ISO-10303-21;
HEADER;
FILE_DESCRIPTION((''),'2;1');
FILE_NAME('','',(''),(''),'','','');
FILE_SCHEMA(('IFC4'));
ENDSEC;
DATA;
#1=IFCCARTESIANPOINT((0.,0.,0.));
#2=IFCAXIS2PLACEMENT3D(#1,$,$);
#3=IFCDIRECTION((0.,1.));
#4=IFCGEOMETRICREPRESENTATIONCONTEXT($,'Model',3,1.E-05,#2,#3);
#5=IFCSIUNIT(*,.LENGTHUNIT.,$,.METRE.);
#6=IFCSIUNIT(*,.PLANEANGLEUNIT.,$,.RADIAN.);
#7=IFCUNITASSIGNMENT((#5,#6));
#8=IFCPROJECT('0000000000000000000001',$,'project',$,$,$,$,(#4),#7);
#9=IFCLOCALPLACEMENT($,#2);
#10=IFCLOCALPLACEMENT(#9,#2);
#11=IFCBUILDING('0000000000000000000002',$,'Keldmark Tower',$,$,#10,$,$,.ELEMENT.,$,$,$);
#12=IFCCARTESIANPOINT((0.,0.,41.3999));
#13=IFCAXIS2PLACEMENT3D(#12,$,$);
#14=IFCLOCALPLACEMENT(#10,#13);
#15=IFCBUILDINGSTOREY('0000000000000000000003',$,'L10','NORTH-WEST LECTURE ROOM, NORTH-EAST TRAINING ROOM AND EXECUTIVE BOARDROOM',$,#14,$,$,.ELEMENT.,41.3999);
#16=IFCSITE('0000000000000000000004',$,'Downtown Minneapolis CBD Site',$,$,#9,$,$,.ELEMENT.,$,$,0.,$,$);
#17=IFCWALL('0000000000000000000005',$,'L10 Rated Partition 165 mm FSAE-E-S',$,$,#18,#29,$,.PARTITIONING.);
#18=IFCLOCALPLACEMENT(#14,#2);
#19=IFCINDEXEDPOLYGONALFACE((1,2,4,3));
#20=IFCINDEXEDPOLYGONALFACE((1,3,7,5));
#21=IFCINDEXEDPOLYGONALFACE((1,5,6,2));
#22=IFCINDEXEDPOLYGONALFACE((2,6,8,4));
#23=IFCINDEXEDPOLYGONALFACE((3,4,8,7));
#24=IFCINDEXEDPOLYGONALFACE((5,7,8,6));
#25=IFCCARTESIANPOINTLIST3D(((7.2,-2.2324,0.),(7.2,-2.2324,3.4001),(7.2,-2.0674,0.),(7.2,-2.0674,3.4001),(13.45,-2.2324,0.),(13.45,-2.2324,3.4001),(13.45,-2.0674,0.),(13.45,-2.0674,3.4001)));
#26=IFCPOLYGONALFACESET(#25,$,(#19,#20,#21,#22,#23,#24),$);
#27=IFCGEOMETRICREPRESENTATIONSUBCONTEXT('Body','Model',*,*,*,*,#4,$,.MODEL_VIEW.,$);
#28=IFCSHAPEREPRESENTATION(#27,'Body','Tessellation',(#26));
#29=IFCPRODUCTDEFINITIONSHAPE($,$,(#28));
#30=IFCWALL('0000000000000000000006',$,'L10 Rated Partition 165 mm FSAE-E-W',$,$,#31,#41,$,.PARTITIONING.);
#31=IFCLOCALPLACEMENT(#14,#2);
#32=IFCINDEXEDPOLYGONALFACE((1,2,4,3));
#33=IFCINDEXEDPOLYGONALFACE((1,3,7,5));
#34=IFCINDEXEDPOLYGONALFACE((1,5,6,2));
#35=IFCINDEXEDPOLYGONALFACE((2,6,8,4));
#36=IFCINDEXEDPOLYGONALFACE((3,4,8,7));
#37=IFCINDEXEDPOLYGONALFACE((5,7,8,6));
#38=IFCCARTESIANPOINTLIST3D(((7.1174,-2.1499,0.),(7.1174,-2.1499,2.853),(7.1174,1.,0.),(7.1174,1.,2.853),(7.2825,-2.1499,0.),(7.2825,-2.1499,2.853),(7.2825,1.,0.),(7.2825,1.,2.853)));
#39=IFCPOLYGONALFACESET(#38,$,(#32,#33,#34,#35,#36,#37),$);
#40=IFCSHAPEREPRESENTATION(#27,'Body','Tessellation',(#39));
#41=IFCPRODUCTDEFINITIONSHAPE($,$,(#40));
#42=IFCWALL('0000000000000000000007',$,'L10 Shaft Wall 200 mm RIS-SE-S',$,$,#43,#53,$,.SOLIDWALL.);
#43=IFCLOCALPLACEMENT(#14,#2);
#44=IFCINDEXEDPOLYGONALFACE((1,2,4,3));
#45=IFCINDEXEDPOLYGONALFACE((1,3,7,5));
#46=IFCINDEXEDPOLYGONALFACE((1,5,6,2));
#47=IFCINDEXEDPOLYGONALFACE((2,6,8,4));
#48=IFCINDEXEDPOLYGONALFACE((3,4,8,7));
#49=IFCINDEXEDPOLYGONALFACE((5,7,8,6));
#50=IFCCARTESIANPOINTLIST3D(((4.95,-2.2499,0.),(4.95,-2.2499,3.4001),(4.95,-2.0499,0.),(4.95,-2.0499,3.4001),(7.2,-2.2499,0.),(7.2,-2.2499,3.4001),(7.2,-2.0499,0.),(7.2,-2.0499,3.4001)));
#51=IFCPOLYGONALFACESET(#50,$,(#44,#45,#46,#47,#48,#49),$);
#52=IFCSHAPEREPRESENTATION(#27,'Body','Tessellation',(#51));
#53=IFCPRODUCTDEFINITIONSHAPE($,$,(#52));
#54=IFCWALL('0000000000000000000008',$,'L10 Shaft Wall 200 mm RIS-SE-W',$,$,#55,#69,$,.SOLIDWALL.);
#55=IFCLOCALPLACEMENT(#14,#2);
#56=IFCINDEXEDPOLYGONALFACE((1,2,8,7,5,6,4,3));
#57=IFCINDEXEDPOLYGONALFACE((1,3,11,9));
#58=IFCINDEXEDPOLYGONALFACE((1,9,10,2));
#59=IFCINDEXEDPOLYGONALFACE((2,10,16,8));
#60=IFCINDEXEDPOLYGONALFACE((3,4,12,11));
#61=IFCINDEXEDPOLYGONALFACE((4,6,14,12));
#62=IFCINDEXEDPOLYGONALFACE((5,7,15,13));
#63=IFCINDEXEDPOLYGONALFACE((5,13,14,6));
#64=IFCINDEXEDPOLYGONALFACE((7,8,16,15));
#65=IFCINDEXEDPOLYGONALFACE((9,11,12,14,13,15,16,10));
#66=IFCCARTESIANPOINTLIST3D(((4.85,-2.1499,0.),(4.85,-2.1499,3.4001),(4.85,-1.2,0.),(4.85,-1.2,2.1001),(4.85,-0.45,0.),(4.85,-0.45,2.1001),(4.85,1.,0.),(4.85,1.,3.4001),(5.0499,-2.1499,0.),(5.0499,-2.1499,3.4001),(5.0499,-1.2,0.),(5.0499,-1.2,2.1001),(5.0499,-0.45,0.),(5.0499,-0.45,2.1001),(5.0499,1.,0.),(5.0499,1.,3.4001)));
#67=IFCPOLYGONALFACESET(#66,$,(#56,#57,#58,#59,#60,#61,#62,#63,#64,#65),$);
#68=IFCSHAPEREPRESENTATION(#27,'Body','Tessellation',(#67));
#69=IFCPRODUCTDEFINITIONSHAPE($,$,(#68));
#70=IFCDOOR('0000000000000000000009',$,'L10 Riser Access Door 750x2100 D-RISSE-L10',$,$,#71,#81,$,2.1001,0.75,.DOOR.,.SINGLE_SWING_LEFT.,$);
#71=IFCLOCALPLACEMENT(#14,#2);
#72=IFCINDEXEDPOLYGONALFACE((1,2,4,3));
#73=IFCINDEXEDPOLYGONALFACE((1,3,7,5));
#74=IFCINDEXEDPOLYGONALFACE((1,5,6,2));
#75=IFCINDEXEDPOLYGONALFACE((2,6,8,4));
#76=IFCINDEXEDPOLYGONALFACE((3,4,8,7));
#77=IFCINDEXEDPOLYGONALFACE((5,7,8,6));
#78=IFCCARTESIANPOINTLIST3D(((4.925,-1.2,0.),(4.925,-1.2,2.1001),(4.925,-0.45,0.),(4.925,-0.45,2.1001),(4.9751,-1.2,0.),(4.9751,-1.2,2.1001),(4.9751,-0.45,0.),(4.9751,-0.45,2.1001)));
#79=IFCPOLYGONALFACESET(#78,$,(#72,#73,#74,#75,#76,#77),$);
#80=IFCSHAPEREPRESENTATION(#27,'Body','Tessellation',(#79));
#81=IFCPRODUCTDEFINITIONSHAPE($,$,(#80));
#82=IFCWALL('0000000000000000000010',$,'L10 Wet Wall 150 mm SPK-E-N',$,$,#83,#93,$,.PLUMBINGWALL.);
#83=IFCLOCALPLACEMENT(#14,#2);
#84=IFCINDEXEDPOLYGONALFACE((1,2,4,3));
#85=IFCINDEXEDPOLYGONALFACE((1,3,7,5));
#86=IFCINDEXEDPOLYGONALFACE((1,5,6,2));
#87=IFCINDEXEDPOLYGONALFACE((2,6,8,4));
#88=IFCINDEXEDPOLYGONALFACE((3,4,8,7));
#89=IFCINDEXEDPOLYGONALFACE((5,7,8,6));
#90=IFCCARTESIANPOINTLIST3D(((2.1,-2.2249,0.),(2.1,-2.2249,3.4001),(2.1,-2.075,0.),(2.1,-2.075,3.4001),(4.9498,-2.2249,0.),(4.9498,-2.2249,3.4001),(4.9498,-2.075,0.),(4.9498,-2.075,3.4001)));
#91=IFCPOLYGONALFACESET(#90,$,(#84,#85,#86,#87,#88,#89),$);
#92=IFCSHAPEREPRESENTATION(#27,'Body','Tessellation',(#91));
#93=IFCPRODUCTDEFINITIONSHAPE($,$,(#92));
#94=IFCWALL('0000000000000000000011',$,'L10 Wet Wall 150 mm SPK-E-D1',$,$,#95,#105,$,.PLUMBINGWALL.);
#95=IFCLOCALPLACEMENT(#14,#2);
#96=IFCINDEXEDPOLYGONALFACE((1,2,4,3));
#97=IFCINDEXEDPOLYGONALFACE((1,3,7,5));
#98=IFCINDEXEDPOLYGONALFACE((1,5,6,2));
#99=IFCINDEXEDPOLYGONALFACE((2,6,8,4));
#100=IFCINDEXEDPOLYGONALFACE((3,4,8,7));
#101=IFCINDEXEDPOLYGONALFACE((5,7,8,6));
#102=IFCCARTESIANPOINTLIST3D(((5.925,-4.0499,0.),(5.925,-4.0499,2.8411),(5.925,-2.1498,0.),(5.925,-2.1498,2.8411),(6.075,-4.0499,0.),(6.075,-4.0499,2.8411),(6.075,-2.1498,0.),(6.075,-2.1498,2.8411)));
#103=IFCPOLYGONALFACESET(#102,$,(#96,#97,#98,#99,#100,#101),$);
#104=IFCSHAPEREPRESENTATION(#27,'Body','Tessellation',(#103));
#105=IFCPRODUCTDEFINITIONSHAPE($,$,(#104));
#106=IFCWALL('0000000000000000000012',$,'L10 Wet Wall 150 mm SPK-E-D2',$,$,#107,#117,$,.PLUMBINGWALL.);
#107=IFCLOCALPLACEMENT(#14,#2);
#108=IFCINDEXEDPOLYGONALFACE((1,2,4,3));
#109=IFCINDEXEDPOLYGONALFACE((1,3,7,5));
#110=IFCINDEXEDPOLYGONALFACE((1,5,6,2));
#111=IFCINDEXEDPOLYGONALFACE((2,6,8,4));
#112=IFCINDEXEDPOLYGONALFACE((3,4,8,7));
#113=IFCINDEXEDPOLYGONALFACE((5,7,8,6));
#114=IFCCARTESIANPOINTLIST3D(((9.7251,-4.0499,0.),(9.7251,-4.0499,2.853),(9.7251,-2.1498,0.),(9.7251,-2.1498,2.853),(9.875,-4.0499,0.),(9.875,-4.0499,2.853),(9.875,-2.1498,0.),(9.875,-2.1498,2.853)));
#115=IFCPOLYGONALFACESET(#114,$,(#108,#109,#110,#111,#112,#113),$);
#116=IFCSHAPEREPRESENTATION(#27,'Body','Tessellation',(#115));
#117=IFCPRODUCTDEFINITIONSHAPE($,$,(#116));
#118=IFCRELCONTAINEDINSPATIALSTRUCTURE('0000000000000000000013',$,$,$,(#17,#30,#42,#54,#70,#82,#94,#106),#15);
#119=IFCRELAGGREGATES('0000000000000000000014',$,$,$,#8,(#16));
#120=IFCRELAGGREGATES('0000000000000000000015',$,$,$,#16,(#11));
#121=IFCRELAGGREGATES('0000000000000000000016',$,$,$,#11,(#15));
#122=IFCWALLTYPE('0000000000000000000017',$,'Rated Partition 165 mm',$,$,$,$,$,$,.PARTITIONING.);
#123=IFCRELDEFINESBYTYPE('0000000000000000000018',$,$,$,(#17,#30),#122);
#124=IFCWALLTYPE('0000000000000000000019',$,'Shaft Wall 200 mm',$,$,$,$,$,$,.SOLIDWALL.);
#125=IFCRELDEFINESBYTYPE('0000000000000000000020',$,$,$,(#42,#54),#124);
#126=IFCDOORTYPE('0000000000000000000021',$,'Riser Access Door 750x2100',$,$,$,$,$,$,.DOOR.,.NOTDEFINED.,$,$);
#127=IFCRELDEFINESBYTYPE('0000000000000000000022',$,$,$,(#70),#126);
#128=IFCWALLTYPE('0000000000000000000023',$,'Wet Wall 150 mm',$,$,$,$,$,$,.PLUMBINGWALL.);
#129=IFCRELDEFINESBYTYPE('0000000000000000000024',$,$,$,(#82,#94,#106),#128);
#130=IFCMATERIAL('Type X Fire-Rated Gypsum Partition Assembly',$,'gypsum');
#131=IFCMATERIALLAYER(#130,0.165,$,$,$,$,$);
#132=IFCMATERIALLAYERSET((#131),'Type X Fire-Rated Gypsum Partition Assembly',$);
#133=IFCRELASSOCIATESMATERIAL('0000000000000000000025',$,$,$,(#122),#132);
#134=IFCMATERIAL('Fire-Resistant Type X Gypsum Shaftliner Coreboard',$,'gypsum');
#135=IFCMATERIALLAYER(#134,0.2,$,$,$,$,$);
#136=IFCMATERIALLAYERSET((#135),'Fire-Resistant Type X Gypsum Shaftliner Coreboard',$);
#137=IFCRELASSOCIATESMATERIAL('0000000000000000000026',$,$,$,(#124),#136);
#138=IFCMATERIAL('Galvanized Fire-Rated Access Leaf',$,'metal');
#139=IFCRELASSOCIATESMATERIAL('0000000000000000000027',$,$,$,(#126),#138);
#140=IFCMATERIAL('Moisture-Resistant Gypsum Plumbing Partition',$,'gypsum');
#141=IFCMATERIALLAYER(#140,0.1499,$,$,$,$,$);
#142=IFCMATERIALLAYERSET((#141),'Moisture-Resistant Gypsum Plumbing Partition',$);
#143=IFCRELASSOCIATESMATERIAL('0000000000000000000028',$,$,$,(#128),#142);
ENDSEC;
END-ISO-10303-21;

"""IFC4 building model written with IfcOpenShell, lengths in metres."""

from ifc_helpers import new_model, si_unit, direction, frame, frame_2d, origin, place, context, subcontext, project, spatial, rectangle, extrude, material, layer, layer_set, type_object, element, fill, save


model = new_model("IFC4")

# Units and contexts
model_context = context("Model", 3, precision=1e-05, world=origin(), true_north=direction((0.0, 1.0)))
body_context = subcontext(model_context, "Body", "Model", "MODEL_VIEW")
ifc_project = project(units=[si_unit("LENGTHUNIT", "METRE"), si_unit("PLANEANGLEUNIT", "RADIAN")], contexts=[model_context])

# Site, building, storey
site_placement = place(None, origin())
site = spatial("IfcSite", under=ifc_project, at=site_placement, Name="Downtown Minneapolis CBD Site", CompositionType="ELEMENT", RefElevation=0.0)
building_placement = place(site_placement, origin())
building = spatial("IfcBuilding", under=site, at=building_placement, Name="Keldmark Tower", CompositionType="ELEMENT")
storey_placement = place(building_placement, frame((0.0, 0.0, 41.3999)))
storey = spatial("IfcBuildingStorey", under=building, at=storey_placement, Name="L10", Description="NORTH-WEST LECTURE ROOM, NORTH-EAST TRAINING ROOM AND EXECUTIVE BOARDROOM", CompositionType="ELEMENT", Elevation=41.3999)

# Walls
ifc_material_1 = material(Name="Type X Fire-Rated Gypsum Partition Assembly", Category="gypsum")
ifc_layer_1 = layer(ifc_material_1, 0.165)
ifc_layer_set_1 = layer_set([ifc_layer_1], Name="Type X Fire-Rated Gypsum Partition Assembly")
wall_type_1 = type_object("IfcWallType", Name="Rated Partition 165 mm", PredefinedType="PARTITIONING", material=ifc_layer_set_1)
wall_1_placement = place(storey_placement, frame((7.2, -2.1499, 0.0), z_axis=(0.0, 0.0, 1.0), x_axis=(1.0, 0.0, 0.0)))
element("IfcWall", 1, at=wall_1_placement, inside=storey, type_object=wall_type_1, Name="L10 Rated Partition 165 mm FSAE-E-S", PredefinedType="PARTITIONING", context=body_context, shape_type="SweptSolid", body=[
    extrude(rectangle(XDim=6.25, YDim=0.165, at=frame_2d((3.125, 0.0))), origin(), (0.0, 0.0, 1.0), 3.4001),
])
wall_2_placement = place(storey_placement, frame((7.2, -2.1499, 0.0), z_axis=(0.0, 0.0, 1.0), x_axis=(0.0, 1.0, 0.0)))
element("IfcWall", 2, at=wall_2_placement, inside=storey, type_object=wall_type_1, Name="L10 Rated Partition 165 mm FSAE-E-W", PredefinedType="PARTITIONING", context=body_context, shape_type="SweptSolid", body=[
    extrude(rectangle(XDim=3.1499, YDim=0.165, at=frame_2d((1.575, 0.0))), origin(), (0.0, 0.0, 1.0), 2.853),
])
ifc_material_2 = material(Name="Fire-Resistant Type X Gypsum Shaftliner Coreboard", Category="gypsum")
ifc_layer_2 = layer(ifc_material_2, 0.2)
ifc_layer_set_2 = layer_set([ifc_layer_2], Name="Fire-Resistant Type X Gypsum Shaftliner Coreboard")
wall_type_2 = type_object("IfcWallType", Name="Shaft Wall 200 mm", PredefinedType="SOLIDWALL", material=ifc_layer_set_2)
wall_3_placement = place(storey_placement, frame((4.95, -2.1499, 0.0), z_axis=(0.0, 0.0, 1.0), x_axis=(1.0, 0.0, 0.0)))
element("IfcWall", 3, at=wall_3_placement, inside=storey, type_object=wall_type_2, Name="L10 Shaft Wall 200 mm RIS-SE-S", PredefinedType="SOLIDWALL", context=body_context, shape_type="SweptSolid", body=[
    extrude(rectangle(XDim=2.25, YDim=0.2, at=frame_2d((1.125, 0.0))), origin(), (0.0, 0.0, 1.0), 3.4001),
])

# Wall, opening, door
wall_4_placement = place(storey_placement, frame((4.95, -2.1499, 0.0), z_axis=(0.0, 0.0, 1.0), x_axis=(0.0, 1.0, 0.0)))
wall_4 = element("IfcWall", 4, at=wall_4_placement, inside=storey, type_object=wall_type_2, Name="L10 Shaft Wall 200 mm RIS-SE-W", PredefinedType="SOLIDWALL", context=body_context, shape_type="SweptSolid", body=[
    extrude(rectangle(XDim=3.1499, YDim=0.2, at=frame_2d((1.575, 0.0))), origin(), (0.0, 0.0, 1.0), 3.4001),
])
opening_1_placement = place(wall_4_placement, frame((0.95, 0.0, 0.0)))
opening_1 = element("IfcOpeningElement", 5, at=opening_1_placement, cuts=wall_4, PredefinedType="OPENING", context=body_context, shape_type="SweptSolid", body=[
    extrude(rectangle(XDim=0.75, YDim=2.1001, at=frame_2d((0.375, 1.05))), frame((0.0, 0.1099, 0.0), z_axis=(0.0, -1.0, 0.0), x_axis=(1.0, 0.0, 0.0)), (0.0, 0.0, 1.0), 0.22),
])
ifc_material_3 = material(Name="Galvanized Fire-Rated Access Leaf", Category="metal")
door_type_1 = type_object("IfcDoorType", Name="Riser Access Door 750x2100", OperationType="NOTDEFINED", PredefinedType="DOOR", material=ifc_material_3)
door_1_placement = place(opening_1_placement, origin())
door_1 = element("IfcDoor", 6, at=door_1_placement, inside=storey, type_object=door_type_1, Name="L10 Riser Access Door 750x2100 D-RISSE-L10", OperationType="SINGLE_SWING_LEFT", OverallHeight=2.1001, OverallWidth=0.75, PredefinedType="DOOR", context=body_context, shape_type="SweptSolid", body=[
    extrude(rectangle(XDim=0.75, YDim=2.1001, at=frame_2d((0.375, 1.05))), frame((0.0, 0.0249, 0.0), z_axis=(0.0, -1.0, 0.0), x_axis=(1.0, 0.0, 0.0)), (0.0, 0.0, 1.0), 0.05),
])
fill(opening_1, door_1)

# Walls
ifc_material_4 = material(Name="Moisture-Resistant Gypsum Plumbing Partition", Category="gypsum")
ifc_layer_3 = layer(ifc_material_4, 0.1499)
ifc_layer_set_3 = layer_set([ifc_layer_3], Name="Moisture-Resistant Gypsum Plumbing Partition")
wall_type_3 = type_object("IfcWallType", Name="Wet Wall 150 mm", PredefinedType="PLUMBINGWALL", material=ifc_layer_set_3)
wall_5_placement = place(storey_placement, frame((2.1001, -2.1499, 0.0), z_axis=(0.0, 0.0, 1.0), x_axis=(1.0, 0.0, 0.0)))
element("IfcWall", 7, at=wall_5_placement, inside=storey, type_object=wall_type_3, Name="L10 Wet Wall 150 mm SPK-E-N", PredefinedType="PLUMBINGWALL", context=body_context, shape_type="SweptSolid", body=[
    extrude(rectangle(XDim=2.8499, YDim=0.1499, at=frame_2d((1.4248, 0.0))), origin(), (0.0, 0.0, 1.0), 3.4001),
])
wall_6_placement = place(storey_placement, frame((6.0, -4.05, 0.0), z_axis=(0.0, 0.0, 1.0), x_axis=(0.0, 1.0, 0.0)))
element("IfcWall", 8, at=wall_6_placement, inside=storey, type_object=wall_type_3, Name="L10 Wet Wall 150 mm SPK-E-D1", PredefinedType="PLUMBINGWALL", context=body_context, shape_type="SweptSolid", body=[
    extrude(rectangle(XDim=1.9001, YDim=0.1499, at=frame_2d((0.9502, 0.0))), origin(), (0.0, 0.0, 1.0), 2.8411),
])
wall_7_placement = place(storey_placement, frame((9.8, -4.05, 0.0), z_axis=(0.0, 0.0, 1.0), x_axis=(0.0, 1.0, 0.0)))
element("IfcWall", 9, at=wall_7_placement, inside=storey, type_object=wall_type_3, Name="L10 Wet Wall 150 mm SPK-E-D2", PredefinedType="PLUMBINGWALL", context=body_context, shape_type="SweptSolid", body=[
    extrude(rectangle(XDim=1.9001, YDim=0.1499, at=frame_2d((0.9502, 0.0))), origin(), (0.0, 0.0, 1.0), 2.853),
])

save(model, "model.ifc")
